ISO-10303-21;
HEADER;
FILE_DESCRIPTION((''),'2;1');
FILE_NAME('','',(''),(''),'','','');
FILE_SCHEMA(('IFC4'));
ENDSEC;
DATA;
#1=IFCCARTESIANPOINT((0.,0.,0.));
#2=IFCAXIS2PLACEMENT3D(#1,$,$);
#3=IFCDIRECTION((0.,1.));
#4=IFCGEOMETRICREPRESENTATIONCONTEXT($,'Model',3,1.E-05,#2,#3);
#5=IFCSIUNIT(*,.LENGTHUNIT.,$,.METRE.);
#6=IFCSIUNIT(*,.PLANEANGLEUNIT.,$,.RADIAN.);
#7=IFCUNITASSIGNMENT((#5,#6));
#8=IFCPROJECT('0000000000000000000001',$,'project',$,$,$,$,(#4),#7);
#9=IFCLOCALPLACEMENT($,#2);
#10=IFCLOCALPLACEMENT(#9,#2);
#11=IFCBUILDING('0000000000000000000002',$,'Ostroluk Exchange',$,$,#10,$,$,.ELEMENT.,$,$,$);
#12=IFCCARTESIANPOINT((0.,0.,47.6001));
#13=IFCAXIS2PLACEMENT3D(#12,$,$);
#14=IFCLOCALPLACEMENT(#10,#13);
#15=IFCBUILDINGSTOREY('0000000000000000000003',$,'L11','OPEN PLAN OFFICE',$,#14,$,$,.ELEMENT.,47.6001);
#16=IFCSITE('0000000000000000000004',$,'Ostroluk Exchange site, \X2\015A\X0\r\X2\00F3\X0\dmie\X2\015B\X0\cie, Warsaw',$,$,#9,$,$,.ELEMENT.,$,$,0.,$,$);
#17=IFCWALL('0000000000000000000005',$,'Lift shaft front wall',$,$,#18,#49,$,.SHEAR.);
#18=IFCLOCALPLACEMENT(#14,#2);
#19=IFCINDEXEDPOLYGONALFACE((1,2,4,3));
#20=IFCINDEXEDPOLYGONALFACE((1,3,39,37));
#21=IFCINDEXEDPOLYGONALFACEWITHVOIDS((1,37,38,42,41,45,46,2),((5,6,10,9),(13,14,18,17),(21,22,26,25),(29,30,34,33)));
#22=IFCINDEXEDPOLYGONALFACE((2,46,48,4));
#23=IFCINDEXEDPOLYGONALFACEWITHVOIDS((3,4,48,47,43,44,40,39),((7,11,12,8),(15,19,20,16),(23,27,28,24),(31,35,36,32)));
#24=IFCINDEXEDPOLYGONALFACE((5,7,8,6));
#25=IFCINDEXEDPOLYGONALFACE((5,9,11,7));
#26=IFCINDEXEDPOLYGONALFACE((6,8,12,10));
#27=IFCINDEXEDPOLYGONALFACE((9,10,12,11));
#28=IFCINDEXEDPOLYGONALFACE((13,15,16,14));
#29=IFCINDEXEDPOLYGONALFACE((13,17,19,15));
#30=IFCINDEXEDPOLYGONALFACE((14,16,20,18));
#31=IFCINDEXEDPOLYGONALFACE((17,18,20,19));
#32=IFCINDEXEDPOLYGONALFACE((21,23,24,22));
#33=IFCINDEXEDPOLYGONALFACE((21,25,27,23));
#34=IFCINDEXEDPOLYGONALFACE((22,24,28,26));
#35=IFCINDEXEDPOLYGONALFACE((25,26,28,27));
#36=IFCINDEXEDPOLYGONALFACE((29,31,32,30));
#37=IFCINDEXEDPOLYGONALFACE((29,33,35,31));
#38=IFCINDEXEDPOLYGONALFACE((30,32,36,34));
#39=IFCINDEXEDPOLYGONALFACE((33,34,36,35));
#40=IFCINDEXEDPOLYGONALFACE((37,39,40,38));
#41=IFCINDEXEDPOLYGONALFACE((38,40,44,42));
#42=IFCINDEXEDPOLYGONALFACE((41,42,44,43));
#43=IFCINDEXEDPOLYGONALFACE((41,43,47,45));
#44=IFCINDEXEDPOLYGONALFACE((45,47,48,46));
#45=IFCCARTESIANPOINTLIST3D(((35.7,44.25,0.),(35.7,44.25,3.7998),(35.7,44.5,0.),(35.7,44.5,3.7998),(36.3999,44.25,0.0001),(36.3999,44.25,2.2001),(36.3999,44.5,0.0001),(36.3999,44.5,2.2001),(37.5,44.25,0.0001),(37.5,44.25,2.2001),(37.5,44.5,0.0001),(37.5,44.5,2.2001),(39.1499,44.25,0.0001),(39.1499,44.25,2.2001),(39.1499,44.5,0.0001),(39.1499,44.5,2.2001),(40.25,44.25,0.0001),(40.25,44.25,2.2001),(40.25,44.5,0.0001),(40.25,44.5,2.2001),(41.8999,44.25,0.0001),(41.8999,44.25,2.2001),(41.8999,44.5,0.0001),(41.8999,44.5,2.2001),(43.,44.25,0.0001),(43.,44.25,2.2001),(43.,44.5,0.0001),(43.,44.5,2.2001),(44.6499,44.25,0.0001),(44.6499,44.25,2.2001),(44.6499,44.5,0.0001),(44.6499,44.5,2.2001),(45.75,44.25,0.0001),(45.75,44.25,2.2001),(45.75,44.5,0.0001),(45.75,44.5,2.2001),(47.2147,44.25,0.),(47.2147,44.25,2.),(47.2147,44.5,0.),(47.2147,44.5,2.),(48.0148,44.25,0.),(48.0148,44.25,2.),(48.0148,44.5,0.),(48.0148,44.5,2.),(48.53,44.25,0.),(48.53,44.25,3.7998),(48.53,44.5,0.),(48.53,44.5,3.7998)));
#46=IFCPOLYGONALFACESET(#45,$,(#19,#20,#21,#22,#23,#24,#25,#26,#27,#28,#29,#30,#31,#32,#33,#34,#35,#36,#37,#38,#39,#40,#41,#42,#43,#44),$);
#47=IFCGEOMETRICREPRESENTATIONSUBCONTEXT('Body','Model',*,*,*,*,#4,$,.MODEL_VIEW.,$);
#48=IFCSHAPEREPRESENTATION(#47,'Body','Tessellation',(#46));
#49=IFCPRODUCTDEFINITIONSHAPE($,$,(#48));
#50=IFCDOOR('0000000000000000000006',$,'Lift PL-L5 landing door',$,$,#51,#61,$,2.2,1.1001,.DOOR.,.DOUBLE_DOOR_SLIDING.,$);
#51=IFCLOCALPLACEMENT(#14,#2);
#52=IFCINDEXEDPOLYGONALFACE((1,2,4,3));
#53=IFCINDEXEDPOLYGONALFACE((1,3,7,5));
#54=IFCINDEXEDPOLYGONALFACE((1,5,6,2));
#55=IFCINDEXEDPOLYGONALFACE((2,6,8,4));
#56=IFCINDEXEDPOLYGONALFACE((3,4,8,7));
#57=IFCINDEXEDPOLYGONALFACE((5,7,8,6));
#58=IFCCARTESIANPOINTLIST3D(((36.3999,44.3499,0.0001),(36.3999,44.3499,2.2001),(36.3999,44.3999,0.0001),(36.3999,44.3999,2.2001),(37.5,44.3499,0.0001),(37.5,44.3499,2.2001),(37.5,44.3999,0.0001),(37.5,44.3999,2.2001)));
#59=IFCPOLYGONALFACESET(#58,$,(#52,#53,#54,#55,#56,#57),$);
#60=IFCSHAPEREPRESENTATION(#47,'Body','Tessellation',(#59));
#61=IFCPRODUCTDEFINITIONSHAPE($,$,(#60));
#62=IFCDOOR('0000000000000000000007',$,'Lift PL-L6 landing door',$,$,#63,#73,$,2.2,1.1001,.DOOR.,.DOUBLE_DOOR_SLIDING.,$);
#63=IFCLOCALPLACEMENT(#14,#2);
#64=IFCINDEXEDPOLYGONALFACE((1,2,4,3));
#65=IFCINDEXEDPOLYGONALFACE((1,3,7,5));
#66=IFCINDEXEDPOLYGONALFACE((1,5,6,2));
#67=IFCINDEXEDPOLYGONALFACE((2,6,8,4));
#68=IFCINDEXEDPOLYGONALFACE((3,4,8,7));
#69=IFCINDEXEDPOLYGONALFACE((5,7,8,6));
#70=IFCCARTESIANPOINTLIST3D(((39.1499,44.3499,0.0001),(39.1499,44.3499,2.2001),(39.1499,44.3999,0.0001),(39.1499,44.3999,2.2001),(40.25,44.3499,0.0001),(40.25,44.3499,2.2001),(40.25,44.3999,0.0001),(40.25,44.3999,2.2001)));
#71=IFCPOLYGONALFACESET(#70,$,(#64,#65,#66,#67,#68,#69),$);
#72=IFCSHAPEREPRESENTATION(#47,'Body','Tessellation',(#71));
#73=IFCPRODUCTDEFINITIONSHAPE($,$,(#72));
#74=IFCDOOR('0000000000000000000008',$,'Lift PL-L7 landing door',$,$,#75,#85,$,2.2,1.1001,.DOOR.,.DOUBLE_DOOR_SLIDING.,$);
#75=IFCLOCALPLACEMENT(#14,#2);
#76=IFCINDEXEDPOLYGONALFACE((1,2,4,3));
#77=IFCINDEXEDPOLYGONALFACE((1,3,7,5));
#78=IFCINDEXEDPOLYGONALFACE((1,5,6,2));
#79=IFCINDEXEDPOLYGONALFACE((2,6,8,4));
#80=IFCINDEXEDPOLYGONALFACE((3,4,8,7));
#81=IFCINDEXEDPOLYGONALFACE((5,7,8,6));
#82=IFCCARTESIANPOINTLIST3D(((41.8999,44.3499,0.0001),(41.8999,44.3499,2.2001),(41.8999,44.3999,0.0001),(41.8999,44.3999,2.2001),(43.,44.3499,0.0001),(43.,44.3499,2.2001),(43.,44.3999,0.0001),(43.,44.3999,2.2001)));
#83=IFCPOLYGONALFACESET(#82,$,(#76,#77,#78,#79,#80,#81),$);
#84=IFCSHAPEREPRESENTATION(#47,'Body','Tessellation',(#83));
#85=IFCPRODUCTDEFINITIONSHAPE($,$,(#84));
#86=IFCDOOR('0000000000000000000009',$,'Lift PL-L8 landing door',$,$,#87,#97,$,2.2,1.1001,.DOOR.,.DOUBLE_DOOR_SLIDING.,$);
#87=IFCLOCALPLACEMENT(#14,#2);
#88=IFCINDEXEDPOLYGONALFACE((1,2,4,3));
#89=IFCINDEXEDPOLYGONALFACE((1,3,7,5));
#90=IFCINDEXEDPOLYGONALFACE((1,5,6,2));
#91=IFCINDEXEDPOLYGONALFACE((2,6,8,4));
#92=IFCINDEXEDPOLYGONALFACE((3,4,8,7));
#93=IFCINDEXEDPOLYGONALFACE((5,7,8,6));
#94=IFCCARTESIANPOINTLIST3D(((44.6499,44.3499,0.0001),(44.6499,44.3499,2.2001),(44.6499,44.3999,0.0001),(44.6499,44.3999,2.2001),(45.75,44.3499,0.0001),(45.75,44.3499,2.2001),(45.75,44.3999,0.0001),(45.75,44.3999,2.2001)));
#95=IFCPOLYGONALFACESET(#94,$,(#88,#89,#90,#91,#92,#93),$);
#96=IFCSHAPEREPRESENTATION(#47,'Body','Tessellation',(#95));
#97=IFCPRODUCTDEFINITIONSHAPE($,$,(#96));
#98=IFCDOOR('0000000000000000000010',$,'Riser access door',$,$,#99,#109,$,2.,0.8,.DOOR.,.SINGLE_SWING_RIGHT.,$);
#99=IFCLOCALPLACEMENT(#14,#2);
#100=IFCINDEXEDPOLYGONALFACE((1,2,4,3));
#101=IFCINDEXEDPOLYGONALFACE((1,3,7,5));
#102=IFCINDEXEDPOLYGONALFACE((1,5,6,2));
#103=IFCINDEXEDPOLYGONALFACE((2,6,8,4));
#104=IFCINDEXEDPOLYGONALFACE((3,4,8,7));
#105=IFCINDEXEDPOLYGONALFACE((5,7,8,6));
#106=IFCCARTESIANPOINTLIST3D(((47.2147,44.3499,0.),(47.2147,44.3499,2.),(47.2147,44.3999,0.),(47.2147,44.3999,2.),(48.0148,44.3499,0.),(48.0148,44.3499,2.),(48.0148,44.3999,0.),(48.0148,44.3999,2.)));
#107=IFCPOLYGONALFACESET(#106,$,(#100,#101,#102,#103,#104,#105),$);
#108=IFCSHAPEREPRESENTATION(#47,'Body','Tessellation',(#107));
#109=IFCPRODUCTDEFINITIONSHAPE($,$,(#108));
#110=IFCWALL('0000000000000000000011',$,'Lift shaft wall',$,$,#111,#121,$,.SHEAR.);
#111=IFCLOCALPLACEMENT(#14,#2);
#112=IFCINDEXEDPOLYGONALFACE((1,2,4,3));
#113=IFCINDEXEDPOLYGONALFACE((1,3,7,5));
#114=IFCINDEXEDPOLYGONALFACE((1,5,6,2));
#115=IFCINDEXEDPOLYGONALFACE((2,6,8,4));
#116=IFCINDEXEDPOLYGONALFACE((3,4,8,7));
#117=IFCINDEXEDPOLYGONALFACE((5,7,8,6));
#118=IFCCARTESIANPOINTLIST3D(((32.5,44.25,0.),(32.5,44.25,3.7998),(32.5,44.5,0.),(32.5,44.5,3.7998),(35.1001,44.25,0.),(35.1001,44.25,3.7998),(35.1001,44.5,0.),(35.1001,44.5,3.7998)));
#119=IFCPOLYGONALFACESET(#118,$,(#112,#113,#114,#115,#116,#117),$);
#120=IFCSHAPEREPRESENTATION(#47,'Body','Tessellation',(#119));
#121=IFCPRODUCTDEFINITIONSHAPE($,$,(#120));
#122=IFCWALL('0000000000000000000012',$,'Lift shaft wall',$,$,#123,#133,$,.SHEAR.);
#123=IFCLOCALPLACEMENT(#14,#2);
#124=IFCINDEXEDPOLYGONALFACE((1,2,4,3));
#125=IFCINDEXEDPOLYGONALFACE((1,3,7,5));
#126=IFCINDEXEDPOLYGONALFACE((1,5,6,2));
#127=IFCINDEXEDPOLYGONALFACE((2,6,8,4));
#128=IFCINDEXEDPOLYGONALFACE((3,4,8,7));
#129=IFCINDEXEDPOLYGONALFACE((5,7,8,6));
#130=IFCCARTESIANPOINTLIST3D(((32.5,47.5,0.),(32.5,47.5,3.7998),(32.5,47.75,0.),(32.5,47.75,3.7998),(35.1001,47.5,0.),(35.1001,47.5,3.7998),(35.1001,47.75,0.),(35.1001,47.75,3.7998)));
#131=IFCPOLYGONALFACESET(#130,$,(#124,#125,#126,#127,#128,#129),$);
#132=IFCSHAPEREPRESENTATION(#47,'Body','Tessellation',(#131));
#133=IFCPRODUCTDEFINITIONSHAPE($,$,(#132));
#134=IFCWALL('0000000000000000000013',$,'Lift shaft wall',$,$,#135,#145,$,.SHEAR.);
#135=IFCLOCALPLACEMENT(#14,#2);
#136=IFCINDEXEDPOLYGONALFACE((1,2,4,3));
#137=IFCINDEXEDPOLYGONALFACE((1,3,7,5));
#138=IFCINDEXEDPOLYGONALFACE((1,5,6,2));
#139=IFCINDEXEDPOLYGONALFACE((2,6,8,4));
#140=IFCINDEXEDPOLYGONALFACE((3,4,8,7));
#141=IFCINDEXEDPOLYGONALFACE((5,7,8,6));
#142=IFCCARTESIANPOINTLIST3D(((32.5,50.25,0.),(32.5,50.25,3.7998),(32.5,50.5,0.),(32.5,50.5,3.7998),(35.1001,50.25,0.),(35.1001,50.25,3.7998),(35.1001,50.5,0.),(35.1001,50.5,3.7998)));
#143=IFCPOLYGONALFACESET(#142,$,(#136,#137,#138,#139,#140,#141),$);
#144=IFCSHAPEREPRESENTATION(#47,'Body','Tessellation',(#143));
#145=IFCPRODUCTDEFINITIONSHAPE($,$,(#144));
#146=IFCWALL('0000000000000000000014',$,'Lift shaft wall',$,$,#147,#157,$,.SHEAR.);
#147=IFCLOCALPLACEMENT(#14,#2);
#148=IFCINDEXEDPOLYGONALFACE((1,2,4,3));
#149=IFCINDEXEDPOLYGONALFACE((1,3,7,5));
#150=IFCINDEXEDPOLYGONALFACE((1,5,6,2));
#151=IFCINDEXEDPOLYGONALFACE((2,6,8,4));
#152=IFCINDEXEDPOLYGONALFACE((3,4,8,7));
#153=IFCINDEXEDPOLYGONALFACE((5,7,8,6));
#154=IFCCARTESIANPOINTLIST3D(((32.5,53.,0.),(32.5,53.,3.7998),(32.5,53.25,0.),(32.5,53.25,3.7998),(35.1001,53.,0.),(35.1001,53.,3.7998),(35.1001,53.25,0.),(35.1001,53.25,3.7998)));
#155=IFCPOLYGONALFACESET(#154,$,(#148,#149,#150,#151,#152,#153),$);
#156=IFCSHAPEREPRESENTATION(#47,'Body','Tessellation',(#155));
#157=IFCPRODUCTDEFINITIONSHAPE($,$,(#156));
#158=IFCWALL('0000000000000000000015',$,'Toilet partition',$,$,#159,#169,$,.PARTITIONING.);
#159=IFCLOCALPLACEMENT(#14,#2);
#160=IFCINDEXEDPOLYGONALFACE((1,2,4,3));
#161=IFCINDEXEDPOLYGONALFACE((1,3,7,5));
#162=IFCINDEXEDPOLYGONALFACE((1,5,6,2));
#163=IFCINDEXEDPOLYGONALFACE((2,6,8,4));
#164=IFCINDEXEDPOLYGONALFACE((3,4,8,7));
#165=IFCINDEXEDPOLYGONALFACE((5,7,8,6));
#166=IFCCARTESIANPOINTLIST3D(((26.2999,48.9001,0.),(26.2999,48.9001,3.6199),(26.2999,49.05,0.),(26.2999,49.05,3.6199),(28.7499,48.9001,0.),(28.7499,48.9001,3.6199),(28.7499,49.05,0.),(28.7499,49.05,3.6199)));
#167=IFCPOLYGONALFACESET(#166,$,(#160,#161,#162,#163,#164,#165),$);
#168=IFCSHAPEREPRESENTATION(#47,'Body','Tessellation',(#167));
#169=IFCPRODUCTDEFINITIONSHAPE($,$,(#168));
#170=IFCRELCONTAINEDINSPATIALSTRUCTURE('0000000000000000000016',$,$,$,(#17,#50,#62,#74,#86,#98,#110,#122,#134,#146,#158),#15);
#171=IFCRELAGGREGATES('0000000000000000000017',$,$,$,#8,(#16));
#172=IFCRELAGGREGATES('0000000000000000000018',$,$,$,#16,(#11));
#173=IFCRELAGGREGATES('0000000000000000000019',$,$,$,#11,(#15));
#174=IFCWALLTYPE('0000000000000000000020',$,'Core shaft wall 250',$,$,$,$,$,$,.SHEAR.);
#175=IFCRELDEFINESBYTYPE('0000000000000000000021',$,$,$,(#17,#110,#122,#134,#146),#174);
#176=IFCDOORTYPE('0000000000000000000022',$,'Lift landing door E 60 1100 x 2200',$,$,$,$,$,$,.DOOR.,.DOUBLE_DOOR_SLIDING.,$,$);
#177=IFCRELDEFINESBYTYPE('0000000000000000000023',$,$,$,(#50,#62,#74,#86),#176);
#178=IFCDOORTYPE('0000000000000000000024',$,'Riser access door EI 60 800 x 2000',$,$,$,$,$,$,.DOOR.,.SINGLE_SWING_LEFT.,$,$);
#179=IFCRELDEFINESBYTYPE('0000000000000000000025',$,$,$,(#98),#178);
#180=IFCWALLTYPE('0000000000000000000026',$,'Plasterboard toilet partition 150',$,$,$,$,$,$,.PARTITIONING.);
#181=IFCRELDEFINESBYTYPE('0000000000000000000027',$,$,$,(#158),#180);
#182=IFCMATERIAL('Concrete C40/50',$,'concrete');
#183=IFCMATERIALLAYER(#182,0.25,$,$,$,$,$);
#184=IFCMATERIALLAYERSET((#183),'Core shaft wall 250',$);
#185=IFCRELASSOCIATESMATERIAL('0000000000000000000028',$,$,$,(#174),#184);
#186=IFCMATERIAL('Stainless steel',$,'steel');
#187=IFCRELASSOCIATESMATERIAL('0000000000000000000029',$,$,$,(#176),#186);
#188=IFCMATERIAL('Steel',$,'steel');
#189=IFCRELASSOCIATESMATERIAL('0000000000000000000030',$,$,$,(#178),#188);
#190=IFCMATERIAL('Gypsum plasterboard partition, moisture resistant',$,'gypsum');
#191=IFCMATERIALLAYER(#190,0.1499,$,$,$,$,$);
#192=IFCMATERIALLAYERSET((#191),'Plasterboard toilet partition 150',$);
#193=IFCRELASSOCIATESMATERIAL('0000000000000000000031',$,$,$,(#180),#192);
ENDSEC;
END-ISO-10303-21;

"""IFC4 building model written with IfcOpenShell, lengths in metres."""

from ifc_helpers import new_model, si_unit, direction, frame, frame_2d, origin, place, context, subcontext, project, spatial, rectangle, extrude, material, layer, layer_set, type_object, element, fill, save


model = new_model("IFC4")

# Units and contexts
model_context = context("Model", 3, precision=1e-05, world=origin(), true_north=direction((0.0, 1.0)))
body_context = subcontext(model_context, "Body", "Model", "MODEL_VIEW")
ifc_project = project(units=[si_unit("LENGTHUNIT", "METRE"), si_unit("PLANEANGLEUNIT", "RADIAN")], contexts=[model_context])

# Site, building, storey
site_placement = place(None, origin())
site = spatial("IfcSite", under=ifc_project, at=site_placement, Name="Ostroluk Exchange site, Śródmieście, Warsaw", CompositionType="ELEMENT", RefElevation=0.0)
building_placement = place(site_placement, origin())
building = spatial("IfcBuilding", under=site, at=building_placement, Name="Ostroluk Exchange", CompositionType="ELEMENT")
storey_placement = place(building_placement, frame((0.0, 0.0, 47.6001)))
storey = spatial("IfcBuildingStorey", under=building, at=storey_placement, Name="L11", Description="OPEN PLAN OFFICE", CompositionType="ELEMENT", Elevation=47.6001)

# Shared definitions
ifc_material_1 = material(Name="Concrete C40/50", Category="concrete")
ifc_layer_1 = layer(ifc_material_1, 0.25)
ifc_layer_set_1 = layer_set([ifc_layer_1], Name="Core shaft wall 250")
wall_type_1 = type_object("IfcWallType", Name="Core shaft wall 250", PredefinedType="SHEAR", material=ifc_layer_set_1)

# Wall, openings, doors
ifc_material_2 = material(Name="Stainless steel", Category="steel")
door_type_1 = type_object("IfcDoorType", Name="Lift landing door E 60 1100 x 2200", OperationType="DOUBLE_DOOR_SLIDING", PredefinedType="DOOR", material=ifc_material_2)
ifc_material_3 = material(Name="Steel", Category="steel")
door_type_2 = type_object("IfcDoorType", Name="Riser access door EI 60 800 x 2000", OperationType="SINGLE_SWING_LEFT", PredefinedType="DOOR", material=ifc_material_3)
wall_1_placement = place(storey_placement, frame((35.7, 44.375, 0.0), z_axis=(0.0, 0.0, 1.0), x_axis=(1.0, 0.0, 0.0)))
wall_1 = element("IfcWall", 1, at=wall_1_placement, inside=storey, type_object=wall_type_1, Name="Lift shaft front wall", PredefinedType="SHEAR", context=body_context, shape_type="SweptSolid", body=[
    extrude(rectangle(XDim=12.8301, YDim=0.25, at=frame_2d((6.415, 0.0))), origin(), (0.0, 0.0, 1.0), 3.7998),
])
opening_1_placement = place(wall_1_placement, frame((0.7, 0.0, 0.0)))
opening_1 = element("IfcOpeningElement", 2, at=opening_1_placement, cuts=wall_1, PredefinedType="OPENING", context=body_context, shape_type="SweptSolid", body=[
    extrude(rectangle(XDim=1.1001, YDim=2.2, at=frame_2d((0.55, 1.1001))), frame((0.0, 0.135, 0.0), z_axis=(0.0, -1.0, 0.0), x_axis=(1.0, 0.0, 0.0)), (0.0, 0.0, 1.0), 0.27),
])
opening_2_placement = place(wall_1_placement, frame((3.45, 0.0, 0.0)))
opening_2 = element("IfcOpeningElement", 3, at=opening_2_placement, cuts=wall_1, PredefinedType="OPENING", context=body_context, shape_type="SweptSolid", body=[
    extrude(rectangle(XDim=1.1001, YDim=2.2, at=frame_2d((0.55, 1.1001))), frame((0.0, 0.135, 0.0), z_axis=(0.0, -1.0, 0.0), x_axis=(1.0, 0.0, 0.0)), (0.0, 0.0, 1.0), 0.27),
])
opening_3_placement = place(wall_1_placement, frame((6.2, 0.0, 0.0)))
opening_3 = element("IfcOpeningElement", 4, at=opening_3_placement, cuts=wall_1, PredefinedType="OPENING", context=body_context, shape_type="SweptSolid", body=[
    extrude(rectangle(XDim=1.1001, YDim=2.2, at=frame_2d((0.55, 1.1001))), frame((0.0, 0.135, 0.0), z_axis=(0.0, -1.0, 0.0), x_axis=(1.0, 0.0, 0.0)), (0.0, 0.0, 1.0), 0.27),
])
opening_4_placement = place(wall_1_placement, frame((8.95, 0.0, 0.0)))
opening_4 = element("IfcOpeningElement", 5, at=opening_4_placement, cuts=wall_1, PredefinedType="OPENING", context=body_context, shape_type="SweptSolid", body=[
    extrude(rectangle(XDim=1.1001, YDim=2.2, at=frame_2d((0.55, 1.1001))), frame((0.0, 0.135, 0.0), z_axis=(0.0, -1.0, 0.0), x_axis=(1.0, 0.0, 0.0)), (0.0, 0.0, 1.0), 0.27),
])
opening_5_placement = place(wall_1_placement, frame((11.5149, 0.0, 0.0)))
opening_5 = element("IfcOpeningElement", 6, at=opening_5_placement, cuts=wall_1, PredefinedType="OPENING", context=body_context, shape_type="SweptSolid", body=[
    extrude(rectangle(XDim=0.8, YDim=2.0, at=frame_2d((0.3999, 1.0))), frame((0.0, 0.135, 0.0), z_axis=(0.0, -1.0, 0.0), x_axis=(1.0, 0.0, 0.0)), (0.0, 0.0, 1.0), 0.27),
])
door_1_placement = place(opening_1_placement, origin())
door_1 = element("IfcDoor", 7, at=door_1_placement, inside=storey, type_object=door_type_1, Name="Lift PL-L5 landing door", OperationType="DOUBLE_DOOR_SLIDING", OverallHeight=2.2, OverallWidth=1.1001, PredefinedType="DOOR", context=body_context, shape_type="SweptSolid", body=[
    extrude(rectangle(XDim=1.1001, YDim=2.2, at=frame_2d((0.55, 1.1001))), frame((0.0, 0.0249, 0.0), z_axis=(0.0, -1.0, 0.0), x_axis=(1.0, 0.0, 0.0)), (0.0, 0.0, 1.0), 0.05),
])
fill(opening_1, door_1)
door_2_placement = place(opening_2_placement, origin())
door_2 = element("IfcDoor", 8, at=door_2_placement, inside=storey, type_object=door_type_1, Name="Lift PL-L6 landing door", OperationType="DOUBLE_DOOR_SLIDING", OverallHeight=2.2, OverallWidth=1.1001, PredefinedType="DOOR", context=body_context, shape_type="SweptSolid", body=[
    extrude(rectangle(XDim=1.1001, YDim=2.2, at=frame_2d((0.55, 1.1001))), frame((0.0, 0.0249, 0.0), z_axis=(0.0, -1.0, 0.0), x_axis=(1.0, 0.0, 0.0)), (0.0, 0.0, 1.0), 0.05),
])
fill(opening_2, door_2)
door_3_placement = place(opening_3_placement, origin())
door_3 = element("IfcDoor", 9, at=door_3_placement, inside=storey, type_object=door_type_1, Name="Lift PL-L7 landing door", OperationType="DOUBLE_DOOR_SLIDING", OverallHeight=2.2, OverallWidth=1.1001, PredefinedType="DOOR", context=body_context, shape_type="SweptSolid", body=[
    extrude(rectangle(XDim=1.1001, YDim=2.2, at=frame_2d((0.55, 1.1001))), frame((0.0, 0.0249, 0.0), z_axis=(0.0, -1.0, 0.0), x_axis=(1.0, 0.0, 0.0)), (0.0, 0.0, 1.0), 0.05),
])
fill(opening_3, door_3)
door_4_placement = place(opening_4_placement, origin())
door_4 = element("IfcDoor", 10, at=door_4_placement, inside=storey, type_object=door_type_1, Name="Lift PL-L8 landing door", OperationType="DOUBLE_DOOR_SLIDING", OverallHeight=2.2, OverallWidth=1.1001, PredefinedType="DOOR", context=body_context, shape_type="SweptSolid", body=[
    extrude(rectangle(XDim=1.1001, YDim=2.2, at=frame_2d((0.55, 1.1001))), frame((0.0, 0.0249, 0.0), z_axis=(0.0, -1.0, 0.0), x_axis=(1.0, 0.0, 0.0)), (0.0, 0.0, 1.0), 0.05),
])
fill(opening_4, door_4)
door_5_placement = place(opening_5_placement, origin())
door_5 = element("IfcDoor", 11, at=door_5_placement, inside=storey, type_object=door_type_2, Name="Riser access door", OperationType="SINGLE_SWING_RIGHT", OverallHeight=2.0, OverallWidth=0.8, PredefinedType="DOOR", context=body_context, shape_type="SweptSolid", body=[
    extrude(rectangle(XDim=0.8, YDim=2.0, at=frame_2d((0.3999, 1.0))), frame((0.0, 0.0249, 0.0), z_axis=(0.0, -1.0, 0.0), x_axis=(1.0, 0.0, 0.0)), (0.0, 0.0, 1.0), 0.05),
])
fill(opening_5, door_5)

# Walls
for number, where, z_axis, x_axis, name in (
    (12, (32.5, 44.375, 0.0), (0.0, 0.0, 1.0), (1.0, 0.0, 0.0), "Lift shaft wall"),
    (13, (32.5, 47.625, 0.0), (0.0, 0.0, 1.0), (1.0, 0.0, 0.0), "Lift shaft wall"),
    (14, (32.5, 50.375, 0.0), (0.0, 0.0, 1.0), (1.0, 0.0, 0.0), "Lift shaft wall"),
    (15, (32.5, 53.125, 0.0), (0.0, 0.0, 1.0), (1.0, 0.0, 0.0), "Lift shaft wall"),
):
    element("IfcWall", number, at=place(storey_placement, frame(where, z_axis=z_axis, x_axis=x_axis)), inside=storey, type_object=wall_type_1, Name=name, PredefinedType="SHEAR", context=body_context, shape_type="SweptSolid", body=[
        extrude(rectangle(XDim=2.6001, YDim=0.25, at=frame_2d((1.3, 0.0))), origin(), (0.0, 0.0, 1.0), 3.7998),
    ])
ifc_material_4 = material(Name="Gypsum plasterboard partition, moisture resistant", Category="gypsum")
ifc_layer_2 = layer(ifc_material_4, 0.1499)
ifc_layer_set_2 = layer_set([ifc_layer_2], Name="Plasterboard toilet partition 150")
wall_type_2 = type_object("IfcWallType", Name="Plasterboard toilet partition 150", PredefinedType="PARTITIONING", material=ifc_layer_set_2)
wall_2_placement = place(storey_placement, frame((28.75, 48.9751, 0.0), z_axis=(0.0, 0.0, 1.0), x_axis=(-1.0, 0.0, 0.0)))
element("IfcWall", 16, at=wall_2_placement, inside=storey, type_object=wall_type_2, Name="Toilet partition", PredefinedType="PARTITIONING", context=body_context, shape_type="SweptSolid", body=[
    extrude(rectangle(XDim=2.45, YDim=0.1499, at=frame_2d((1.2251, 0.0))), origin(), (0.0, 0.0, 1.0), 3.6199),
])

save(model, "model.ifc")
